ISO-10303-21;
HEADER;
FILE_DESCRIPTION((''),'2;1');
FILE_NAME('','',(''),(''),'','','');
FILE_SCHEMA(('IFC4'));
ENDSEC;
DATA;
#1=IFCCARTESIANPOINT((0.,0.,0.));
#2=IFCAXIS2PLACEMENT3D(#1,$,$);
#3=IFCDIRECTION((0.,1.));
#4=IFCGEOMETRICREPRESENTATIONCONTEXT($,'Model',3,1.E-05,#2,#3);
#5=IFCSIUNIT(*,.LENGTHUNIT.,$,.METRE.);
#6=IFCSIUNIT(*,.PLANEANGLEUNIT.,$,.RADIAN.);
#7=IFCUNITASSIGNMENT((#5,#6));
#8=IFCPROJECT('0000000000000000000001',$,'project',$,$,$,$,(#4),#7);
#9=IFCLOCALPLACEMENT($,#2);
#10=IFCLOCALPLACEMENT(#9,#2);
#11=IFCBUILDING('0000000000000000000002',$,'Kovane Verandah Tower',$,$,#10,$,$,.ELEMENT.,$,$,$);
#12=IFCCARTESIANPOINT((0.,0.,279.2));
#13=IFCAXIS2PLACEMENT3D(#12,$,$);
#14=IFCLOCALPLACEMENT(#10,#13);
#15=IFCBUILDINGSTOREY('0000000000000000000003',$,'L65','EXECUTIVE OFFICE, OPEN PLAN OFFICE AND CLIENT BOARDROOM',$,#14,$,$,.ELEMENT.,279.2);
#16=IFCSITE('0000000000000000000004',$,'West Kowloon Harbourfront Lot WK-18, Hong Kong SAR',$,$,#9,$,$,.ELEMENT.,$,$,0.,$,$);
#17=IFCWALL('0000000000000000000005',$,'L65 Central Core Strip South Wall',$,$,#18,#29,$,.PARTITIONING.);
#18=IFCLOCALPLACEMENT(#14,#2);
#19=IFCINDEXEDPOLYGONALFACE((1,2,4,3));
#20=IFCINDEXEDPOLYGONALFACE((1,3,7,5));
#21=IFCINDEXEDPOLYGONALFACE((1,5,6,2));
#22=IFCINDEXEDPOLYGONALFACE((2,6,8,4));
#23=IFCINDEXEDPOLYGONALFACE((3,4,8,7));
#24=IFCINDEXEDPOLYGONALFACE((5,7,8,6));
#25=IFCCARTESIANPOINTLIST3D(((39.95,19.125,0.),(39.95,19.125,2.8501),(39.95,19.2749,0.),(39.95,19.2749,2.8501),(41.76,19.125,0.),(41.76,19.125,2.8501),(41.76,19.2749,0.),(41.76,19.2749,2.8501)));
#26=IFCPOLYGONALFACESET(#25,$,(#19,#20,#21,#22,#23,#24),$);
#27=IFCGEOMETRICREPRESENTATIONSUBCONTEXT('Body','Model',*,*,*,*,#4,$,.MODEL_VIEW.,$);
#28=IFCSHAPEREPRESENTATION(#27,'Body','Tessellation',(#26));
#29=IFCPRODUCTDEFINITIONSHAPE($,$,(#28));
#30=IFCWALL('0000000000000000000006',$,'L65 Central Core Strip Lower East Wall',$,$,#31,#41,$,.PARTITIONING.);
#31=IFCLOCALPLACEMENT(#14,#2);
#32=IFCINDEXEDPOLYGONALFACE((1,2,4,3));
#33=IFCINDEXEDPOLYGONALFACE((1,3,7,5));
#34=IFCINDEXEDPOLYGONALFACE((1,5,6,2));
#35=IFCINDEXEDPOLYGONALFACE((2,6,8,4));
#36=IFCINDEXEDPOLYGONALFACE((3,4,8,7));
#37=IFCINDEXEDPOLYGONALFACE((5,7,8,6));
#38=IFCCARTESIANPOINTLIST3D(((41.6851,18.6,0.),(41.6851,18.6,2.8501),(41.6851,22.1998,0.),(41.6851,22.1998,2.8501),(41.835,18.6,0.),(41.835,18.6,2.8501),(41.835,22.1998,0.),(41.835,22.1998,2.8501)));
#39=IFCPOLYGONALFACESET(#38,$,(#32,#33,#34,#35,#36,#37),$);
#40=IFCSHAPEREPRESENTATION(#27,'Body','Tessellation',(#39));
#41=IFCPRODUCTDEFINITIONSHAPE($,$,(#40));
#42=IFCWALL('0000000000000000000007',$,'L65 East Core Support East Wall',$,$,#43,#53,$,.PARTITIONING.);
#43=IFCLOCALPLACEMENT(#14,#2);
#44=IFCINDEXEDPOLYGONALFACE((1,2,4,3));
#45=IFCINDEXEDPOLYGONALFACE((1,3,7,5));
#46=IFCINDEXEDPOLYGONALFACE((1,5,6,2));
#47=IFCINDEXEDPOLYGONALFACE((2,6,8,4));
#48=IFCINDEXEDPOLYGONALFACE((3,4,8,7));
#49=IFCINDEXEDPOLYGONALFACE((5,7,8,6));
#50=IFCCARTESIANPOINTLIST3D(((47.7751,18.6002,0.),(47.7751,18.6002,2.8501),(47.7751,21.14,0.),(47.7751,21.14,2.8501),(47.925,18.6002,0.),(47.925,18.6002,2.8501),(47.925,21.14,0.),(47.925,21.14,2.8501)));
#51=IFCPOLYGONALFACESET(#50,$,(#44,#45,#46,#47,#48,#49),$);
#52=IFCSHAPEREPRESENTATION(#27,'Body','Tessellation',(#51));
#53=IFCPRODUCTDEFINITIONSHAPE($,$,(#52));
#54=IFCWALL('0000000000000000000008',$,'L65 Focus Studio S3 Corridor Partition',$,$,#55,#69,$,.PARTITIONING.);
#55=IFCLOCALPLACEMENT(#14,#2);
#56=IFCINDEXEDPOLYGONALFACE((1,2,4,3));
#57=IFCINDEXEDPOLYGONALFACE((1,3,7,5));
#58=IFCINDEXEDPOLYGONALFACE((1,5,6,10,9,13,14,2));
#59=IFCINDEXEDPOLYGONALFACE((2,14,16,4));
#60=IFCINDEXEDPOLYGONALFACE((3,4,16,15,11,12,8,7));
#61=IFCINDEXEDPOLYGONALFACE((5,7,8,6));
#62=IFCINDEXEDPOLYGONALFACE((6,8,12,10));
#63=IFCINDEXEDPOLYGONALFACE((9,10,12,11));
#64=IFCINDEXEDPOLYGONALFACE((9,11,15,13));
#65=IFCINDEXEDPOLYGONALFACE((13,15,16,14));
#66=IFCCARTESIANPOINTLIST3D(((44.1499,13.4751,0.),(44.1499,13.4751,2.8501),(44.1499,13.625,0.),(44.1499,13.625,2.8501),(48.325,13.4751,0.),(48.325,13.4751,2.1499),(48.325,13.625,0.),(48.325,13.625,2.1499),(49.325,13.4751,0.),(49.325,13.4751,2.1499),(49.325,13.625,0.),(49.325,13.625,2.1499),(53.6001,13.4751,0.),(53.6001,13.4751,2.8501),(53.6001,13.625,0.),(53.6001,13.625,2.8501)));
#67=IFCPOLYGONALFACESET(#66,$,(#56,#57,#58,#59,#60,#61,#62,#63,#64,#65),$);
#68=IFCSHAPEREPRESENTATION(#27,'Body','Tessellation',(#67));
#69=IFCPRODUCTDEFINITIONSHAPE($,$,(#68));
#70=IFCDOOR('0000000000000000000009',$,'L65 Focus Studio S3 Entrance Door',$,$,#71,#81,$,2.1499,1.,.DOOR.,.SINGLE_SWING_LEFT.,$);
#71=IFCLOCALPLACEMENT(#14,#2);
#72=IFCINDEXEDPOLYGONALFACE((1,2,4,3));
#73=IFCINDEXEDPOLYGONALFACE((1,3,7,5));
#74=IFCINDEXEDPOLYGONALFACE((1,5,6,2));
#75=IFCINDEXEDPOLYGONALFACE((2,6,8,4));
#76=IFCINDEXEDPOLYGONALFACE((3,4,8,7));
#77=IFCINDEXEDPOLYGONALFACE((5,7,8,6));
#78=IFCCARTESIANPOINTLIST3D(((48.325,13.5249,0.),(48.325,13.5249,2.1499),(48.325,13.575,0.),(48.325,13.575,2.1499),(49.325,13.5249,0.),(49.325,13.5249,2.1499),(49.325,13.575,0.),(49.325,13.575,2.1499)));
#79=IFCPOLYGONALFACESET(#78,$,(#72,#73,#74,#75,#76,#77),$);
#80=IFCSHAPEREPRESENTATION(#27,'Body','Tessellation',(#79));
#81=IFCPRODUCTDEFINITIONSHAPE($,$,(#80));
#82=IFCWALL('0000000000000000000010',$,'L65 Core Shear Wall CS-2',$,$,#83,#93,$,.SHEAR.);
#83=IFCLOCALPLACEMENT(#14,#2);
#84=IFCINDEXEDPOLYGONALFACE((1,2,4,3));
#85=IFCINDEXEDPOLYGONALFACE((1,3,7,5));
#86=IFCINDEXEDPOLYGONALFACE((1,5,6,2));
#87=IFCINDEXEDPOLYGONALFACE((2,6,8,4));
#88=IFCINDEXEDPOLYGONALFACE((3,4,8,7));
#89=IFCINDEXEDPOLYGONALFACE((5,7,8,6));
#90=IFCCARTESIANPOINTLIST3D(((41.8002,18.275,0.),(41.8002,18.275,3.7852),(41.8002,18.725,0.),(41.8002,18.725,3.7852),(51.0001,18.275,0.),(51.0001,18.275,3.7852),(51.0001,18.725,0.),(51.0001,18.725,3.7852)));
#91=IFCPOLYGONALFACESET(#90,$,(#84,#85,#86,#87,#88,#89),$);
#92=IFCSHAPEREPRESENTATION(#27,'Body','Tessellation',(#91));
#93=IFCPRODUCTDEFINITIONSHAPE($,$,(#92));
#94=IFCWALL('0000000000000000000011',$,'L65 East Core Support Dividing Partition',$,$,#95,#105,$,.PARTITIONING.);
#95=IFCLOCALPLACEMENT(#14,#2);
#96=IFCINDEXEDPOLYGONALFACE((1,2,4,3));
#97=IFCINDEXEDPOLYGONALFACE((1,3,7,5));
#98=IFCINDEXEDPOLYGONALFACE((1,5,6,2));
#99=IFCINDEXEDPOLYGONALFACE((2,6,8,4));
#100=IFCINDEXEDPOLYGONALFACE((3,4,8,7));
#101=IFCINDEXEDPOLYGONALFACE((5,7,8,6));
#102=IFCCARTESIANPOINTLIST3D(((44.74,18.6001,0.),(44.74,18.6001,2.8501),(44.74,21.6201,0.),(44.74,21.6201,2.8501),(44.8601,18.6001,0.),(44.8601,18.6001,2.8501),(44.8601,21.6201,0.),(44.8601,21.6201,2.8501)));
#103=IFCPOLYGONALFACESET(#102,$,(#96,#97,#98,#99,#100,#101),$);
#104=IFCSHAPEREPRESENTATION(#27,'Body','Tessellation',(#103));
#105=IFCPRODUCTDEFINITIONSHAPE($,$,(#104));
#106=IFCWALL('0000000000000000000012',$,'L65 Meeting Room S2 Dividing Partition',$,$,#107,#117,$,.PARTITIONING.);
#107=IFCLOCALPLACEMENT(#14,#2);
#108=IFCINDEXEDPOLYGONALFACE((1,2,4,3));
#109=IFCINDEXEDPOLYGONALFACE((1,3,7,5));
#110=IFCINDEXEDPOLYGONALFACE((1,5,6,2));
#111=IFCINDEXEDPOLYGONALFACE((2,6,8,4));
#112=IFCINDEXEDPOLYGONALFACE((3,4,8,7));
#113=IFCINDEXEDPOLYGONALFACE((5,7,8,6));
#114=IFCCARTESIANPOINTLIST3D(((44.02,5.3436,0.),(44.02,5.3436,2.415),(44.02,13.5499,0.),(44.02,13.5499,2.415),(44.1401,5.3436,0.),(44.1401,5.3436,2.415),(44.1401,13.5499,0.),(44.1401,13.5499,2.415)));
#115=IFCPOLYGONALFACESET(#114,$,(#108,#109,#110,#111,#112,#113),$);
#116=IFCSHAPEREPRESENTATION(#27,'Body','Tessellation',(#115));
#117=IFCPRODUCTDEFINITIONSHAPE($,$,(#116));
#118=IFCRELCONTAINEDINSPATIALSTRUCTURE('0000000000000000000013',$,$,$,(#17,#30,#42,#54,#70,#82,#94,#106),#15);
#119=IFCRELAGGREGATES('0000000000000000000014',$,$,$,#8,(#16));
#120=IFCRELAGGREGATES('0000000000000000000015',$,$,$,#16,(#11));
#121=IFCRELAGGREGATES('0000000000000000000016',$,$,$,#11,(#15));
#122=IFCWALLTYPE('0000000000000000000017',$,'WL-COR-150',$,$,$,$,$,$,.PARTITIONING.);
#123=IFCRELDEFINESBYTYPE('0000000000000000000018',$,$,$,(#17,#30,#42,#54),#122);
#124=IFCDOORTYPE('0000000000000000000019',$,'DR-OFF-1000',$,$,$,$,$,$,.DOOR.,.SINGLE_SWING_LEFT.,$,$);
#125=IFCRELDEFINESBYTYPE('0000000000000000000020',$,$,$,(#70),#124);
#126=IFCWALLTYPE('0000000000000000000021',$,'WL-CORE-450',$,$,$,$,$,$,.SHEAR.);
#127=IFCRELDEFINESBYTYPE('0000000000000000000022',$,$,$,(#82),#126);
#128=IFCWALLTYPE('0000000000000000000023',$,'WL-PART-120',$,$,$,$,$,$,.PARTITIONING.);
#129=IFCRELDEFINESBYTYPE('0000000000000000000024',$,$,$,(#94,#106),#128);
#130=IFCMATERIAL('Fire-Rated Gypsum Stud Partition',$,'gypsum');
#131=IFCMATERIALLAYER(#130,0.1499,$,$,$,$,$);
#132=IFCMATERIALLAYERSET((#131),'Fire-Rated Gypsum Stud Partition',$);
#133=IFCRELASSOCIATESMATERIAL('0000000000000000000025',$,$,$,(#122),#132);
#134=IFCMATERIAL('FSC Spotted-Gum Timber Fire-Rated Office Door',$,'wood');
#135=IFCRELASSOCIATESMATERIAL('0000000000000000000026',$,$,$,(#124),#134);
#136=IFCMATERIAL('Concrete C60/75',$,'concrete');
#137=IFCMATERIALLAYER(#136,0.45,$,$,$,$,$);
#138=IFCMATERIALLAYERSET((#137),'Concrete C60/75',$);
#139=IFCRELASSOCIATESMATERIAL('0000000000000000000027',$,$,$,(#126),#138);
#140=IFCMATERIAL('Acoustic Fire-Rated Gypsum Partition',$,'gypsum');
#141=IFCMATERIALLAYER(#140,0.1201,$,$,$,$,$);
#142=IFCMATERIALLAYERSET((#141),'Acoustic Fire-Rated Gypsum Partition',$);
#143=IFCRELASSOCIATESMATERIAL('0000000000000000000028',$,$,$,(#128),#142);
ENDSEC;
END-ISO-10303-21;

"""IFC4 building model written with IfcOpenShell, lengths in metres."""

from ifc_helpers import new_model, si_unit, direction, frame, frame_2d, origin, place, context, subcontext, project, spatial, rectangle, extrude, material, layer, layer_set, type_object, element, fill, save


model = new_model("IFC4")

# Units and contexts
model_context = context("Model", 3, precision=1e-05, world=origin(), true_north=direction((0.0, 1.0)))
body_context = subcontext(model_context, "Body", "Model", "MODEL_VIEW")
ifc_project = project(units=[si_unit("LENGTHUNIT", "METRE"), si_unit("PLANEANGLEUNIT", "RADIAN")], contexts=[model_context])

# Site, building, storey
site_placement = place(None, origin())
site = spatial("IfcSite", under=ifc_project, at=site_placement, Name="West Kowloon Harbourfront Lot WK-18, Hong Kong SAR", CompositionType="ELEMENT", RefElevation=0.0)
building_placement = place(site_placement, origin())
building = spatial("IfcBuilding", under=site, at=building_placement, Name="Kovane Verandah Tower", CompositionType="ELEMENT")
storey_placement = place(building_placement, frame((0.0, 0.0, 279.2)))
storey = spatial("IfcBuildingStorey", under=building, at=storey_placement, Name="L65", Description="EXECUTIVE OFFICE, OPEN PLAN OFFICE AND CLIENT BOARDROOM", CompositionType="ELEMENT", Elevation=279.2)

# Shared definitions
ifc_material_1 = material(Name="Concrete C60/75", Category="concrete")

# Walls
ifc_material_2 = material(Name="Fire-Rated Gypsum Stud Partition", Category="gypsum")
ifc_layer_1 = layer(ifc_material_2, 0.1499)
ifc_layer_set_1 = layer_set([ifc_layer_1], Name="Fire-Rated Gypsum Stud Partition")
wall_type_1 = type_object("IfcWallType", Name="WL-COR-150", PredefinedType="PARTITIONING", material=ifc_layer_set_1)
wall_1_placement = place(storey_placement, frame((39.95, 19.2, 0.0), z_axis=(0.0, 0.0, 1.0), x_axis=(1.0, 0.0, 0.0)))
element("IfcWall", 1, at=wall_1_placement, inside=storey, type_object=wall_type_1, Name="L65 Central Core Strip South Wall", PredefinedType="PARTITIONING", context=body_context, shape_type="SweptSolid", body=[
    extrude(rectangle(XDim=1.8101, YDim=0.1499, at=frame_2d((0.905, 0.0))), origin(), (0.0, 0.0, 1.0), 2.8501),
])
wall_2_placement = place(storey_placement, frame((41.76, 18.6001, 0.0), z_axis=(0.0, 0.0, 1.0), x_axis=(0.0, 1.0, 0.0)))
element("IfcWall", 2, at=wall_2_placement, inside=storey, type_object=wall_type_1, Name="L65 Central Core Strip Lower East Wall", PredefinedType="PARTITIONING", context=body_context, shape_type="SweptSolid", body=[
    extrude(rectangle(XDim=3.5999, YDim=0.1499, at=frame_2d((1.7998, 0.0))), origin(), (0.0, 0.0, 1.0), 2.8501),
])

# Shared definitions
ifc_material_3 = material(Name="FSC Spotted-Gum Timber Fire-Rated Office Door", Category="wood")
door_type = type_object("IfcDoorType", Name="DR-OFF-1000", OperationType="SINGLE_SWING_LEFT", PredefinedType="DOOR", material=ifc_material_3)

# Wall
wall_3_placement = place(storey_placement, frame((47.8501, 18.6001, 0.0), z_axis=(0.0, 0.0, 1.0), x_axis=(0.0, 1.0, 0.0)))
element("IfcWall", 3, at=wall_3_placement, inside=storey, type_object=wall_type_1, Name="L65 East Core Support East Wall", PredefinedType="PARTITIONING", context=body_context, shape_type="SweptSolid", body=[
    extrude(rectangle(XDim=2.5398, YDim=0.1499, at=frame_2d((1.27, 0.0))), origin(), (0.0, 0.0, 1.0), 2.8501),
])

# Wall, opening, door
wall_4_placement = place(storey_placement, frame((44.1499, 13.55, 0.0), z_axis=(0.0, 0.0, 1.0), x_axis=(1.0, 0.0, 0.0)))
wall_4 = element("IfcWall", 4, at=wall_4_placement, inside=storey, type_object=wall_type_1, Name="L65 Focus Studio S3 Corridor Partition", PredefinedType="PARTITIONING", context=body_context, shape_type="SweptSolid", body=[
    extrude(rectangle(XDim=9.4502, YDim=0.1499, at=frame_2d((4.7251, 0.0))), origin(), (0.0, 0.0, 1.0), 2.8501),
])
opening_1_placement = place(wall_4_placement, frame((4.175, 0.0, 0.0)))
opening_1 = element("IfcOpeningElement", 5, at=opening_1_placement, cuts=wall_4, PredefinedType="OPENING", context=body_context, shape_type="SweptSolid", body=[
    extrude(rectangle(XDim=1.0, YDim=2.1499, at=frame_2d((0.5, 1.075))), frame((0.0, 0.075, 0.0), z_axis=(0.0, -1.0, 0.0), x_axis=(1.0, 0.0, 0.0)), (0.0, 0.0, 1.0), 0.1499),
])
door_1_placement = place(opening_1_placement, origin())
door_1 = element("IfcDoor", 6, at=door_1_placement, inside=storey, type_object=door_type, Name="L65 Focus Studio S3 Entrance Door", OperationType="SINGLE_SWING_LEFT", OverallHeight=2.1499, OverallWidth=1.0, PredefinedType="DOOR", context=body_context, shape_type="SweptSolid", body=[
    extrude(rectangle(XDim=1.0, YDim=2.1499, at=frame_2d((0.5, 1.075))), frame((0.0, 0.0249, 0.0), z_axis=(0.0, -1.0, 0.0), x_axis=(1.0, 0.0, 0.0)), (0.0, 0.0, 1.0), 0.05),
])
fill(opening_1, door_1)

# Walls
ifc_layer_2 = layer(ifc_material_1, 0.45)
ifc_layer_set_2 = layer_set([ifc_layer_2], Name="Concrete C60/75")
wall_type_2 = type_object("IfcWallType", Name="WL-CORE-450", PredefinedType="SHEAR", material=ifc_layer_set_2)
wall_5_placement = place(storey_placement, frame((41.8, 18.5, 0.0), z_axis=(0.0, 0.0, 1.0), x_axis=(1.0, 0.0, 0.0)))
element("IfcWall", 7, at=wall_5_placement, inside=storey, type_object=wall_type_2, Name="L65 Core Shear Wall CS-2", PredefinedType="SHEAR", context=body_context, shape_type="SweptSolid", body=[
    extrude(rectangle(XDim=9.2, YDim=0.45, at=frame_2d((4.6001, 0.0))), origin(), (0.0, 0.0, 1.0), 3.7852),
])
ifc_material_4 = material(Name="Acoustic Fire-Rated Gypsum Partition", Category="gypsum")
ifc_layer_3 = layer(ifc_material_4, 0.1201)
ifc_layer_set_3 = layer_set([ifc_layer_3], Name="Acoustic Fire-Rated Gypsum Partition")
wall_type_3 = type_object("IfcWallType", Name="WL-PART-120", PredefinedType="PARTITIONING", material=ifc_layer_set_3)
wall_6_placement = place(storey_placement, frame((44.8, 18.6001, 0.0), z_axis=(0.0, 0.0, 1.0), x_axis=(0.0, 1.0, 0.0)))
element("IfcWall", 8, at=wall_6_placement, inside=storey, type_object=wall_type_3, Name="L65 East Core Support Dividing Partition", PredefinedType="PARTITIONING", context=body_context, shape_type="SweptSolid", body=[
    extrude(rectangle(XDim=3.02, YDim=0.1201, at=frame_2d((1.51, 0.0))), origin(), (0.0, 0.0, 1.0), 2.8501),
])
wall_7_placement = place(storey_placement, frame((44.0801, 5.3438, 0.0), z_axis=(0.0, 0.0, 1.0), x_axis=(0.0, 1.0, 0.0)))
element("IfcWall", 9, at=wall_7_placement, inside=storey, type_object=wall_type_3, Name="L65 Meeting Room S2 Dividing Partition", PredefinedType="PARTITIONING", context=body_context, shape_type="SweptSolid", body=[
    extrude(rectangle(XDim=8.2063, YDim=0.1201, at=frame_2d((4.103, 0.0))), origin(), (0.0, 0.0, 1.0), 2.415),
])

save(model, "model.ifc")
